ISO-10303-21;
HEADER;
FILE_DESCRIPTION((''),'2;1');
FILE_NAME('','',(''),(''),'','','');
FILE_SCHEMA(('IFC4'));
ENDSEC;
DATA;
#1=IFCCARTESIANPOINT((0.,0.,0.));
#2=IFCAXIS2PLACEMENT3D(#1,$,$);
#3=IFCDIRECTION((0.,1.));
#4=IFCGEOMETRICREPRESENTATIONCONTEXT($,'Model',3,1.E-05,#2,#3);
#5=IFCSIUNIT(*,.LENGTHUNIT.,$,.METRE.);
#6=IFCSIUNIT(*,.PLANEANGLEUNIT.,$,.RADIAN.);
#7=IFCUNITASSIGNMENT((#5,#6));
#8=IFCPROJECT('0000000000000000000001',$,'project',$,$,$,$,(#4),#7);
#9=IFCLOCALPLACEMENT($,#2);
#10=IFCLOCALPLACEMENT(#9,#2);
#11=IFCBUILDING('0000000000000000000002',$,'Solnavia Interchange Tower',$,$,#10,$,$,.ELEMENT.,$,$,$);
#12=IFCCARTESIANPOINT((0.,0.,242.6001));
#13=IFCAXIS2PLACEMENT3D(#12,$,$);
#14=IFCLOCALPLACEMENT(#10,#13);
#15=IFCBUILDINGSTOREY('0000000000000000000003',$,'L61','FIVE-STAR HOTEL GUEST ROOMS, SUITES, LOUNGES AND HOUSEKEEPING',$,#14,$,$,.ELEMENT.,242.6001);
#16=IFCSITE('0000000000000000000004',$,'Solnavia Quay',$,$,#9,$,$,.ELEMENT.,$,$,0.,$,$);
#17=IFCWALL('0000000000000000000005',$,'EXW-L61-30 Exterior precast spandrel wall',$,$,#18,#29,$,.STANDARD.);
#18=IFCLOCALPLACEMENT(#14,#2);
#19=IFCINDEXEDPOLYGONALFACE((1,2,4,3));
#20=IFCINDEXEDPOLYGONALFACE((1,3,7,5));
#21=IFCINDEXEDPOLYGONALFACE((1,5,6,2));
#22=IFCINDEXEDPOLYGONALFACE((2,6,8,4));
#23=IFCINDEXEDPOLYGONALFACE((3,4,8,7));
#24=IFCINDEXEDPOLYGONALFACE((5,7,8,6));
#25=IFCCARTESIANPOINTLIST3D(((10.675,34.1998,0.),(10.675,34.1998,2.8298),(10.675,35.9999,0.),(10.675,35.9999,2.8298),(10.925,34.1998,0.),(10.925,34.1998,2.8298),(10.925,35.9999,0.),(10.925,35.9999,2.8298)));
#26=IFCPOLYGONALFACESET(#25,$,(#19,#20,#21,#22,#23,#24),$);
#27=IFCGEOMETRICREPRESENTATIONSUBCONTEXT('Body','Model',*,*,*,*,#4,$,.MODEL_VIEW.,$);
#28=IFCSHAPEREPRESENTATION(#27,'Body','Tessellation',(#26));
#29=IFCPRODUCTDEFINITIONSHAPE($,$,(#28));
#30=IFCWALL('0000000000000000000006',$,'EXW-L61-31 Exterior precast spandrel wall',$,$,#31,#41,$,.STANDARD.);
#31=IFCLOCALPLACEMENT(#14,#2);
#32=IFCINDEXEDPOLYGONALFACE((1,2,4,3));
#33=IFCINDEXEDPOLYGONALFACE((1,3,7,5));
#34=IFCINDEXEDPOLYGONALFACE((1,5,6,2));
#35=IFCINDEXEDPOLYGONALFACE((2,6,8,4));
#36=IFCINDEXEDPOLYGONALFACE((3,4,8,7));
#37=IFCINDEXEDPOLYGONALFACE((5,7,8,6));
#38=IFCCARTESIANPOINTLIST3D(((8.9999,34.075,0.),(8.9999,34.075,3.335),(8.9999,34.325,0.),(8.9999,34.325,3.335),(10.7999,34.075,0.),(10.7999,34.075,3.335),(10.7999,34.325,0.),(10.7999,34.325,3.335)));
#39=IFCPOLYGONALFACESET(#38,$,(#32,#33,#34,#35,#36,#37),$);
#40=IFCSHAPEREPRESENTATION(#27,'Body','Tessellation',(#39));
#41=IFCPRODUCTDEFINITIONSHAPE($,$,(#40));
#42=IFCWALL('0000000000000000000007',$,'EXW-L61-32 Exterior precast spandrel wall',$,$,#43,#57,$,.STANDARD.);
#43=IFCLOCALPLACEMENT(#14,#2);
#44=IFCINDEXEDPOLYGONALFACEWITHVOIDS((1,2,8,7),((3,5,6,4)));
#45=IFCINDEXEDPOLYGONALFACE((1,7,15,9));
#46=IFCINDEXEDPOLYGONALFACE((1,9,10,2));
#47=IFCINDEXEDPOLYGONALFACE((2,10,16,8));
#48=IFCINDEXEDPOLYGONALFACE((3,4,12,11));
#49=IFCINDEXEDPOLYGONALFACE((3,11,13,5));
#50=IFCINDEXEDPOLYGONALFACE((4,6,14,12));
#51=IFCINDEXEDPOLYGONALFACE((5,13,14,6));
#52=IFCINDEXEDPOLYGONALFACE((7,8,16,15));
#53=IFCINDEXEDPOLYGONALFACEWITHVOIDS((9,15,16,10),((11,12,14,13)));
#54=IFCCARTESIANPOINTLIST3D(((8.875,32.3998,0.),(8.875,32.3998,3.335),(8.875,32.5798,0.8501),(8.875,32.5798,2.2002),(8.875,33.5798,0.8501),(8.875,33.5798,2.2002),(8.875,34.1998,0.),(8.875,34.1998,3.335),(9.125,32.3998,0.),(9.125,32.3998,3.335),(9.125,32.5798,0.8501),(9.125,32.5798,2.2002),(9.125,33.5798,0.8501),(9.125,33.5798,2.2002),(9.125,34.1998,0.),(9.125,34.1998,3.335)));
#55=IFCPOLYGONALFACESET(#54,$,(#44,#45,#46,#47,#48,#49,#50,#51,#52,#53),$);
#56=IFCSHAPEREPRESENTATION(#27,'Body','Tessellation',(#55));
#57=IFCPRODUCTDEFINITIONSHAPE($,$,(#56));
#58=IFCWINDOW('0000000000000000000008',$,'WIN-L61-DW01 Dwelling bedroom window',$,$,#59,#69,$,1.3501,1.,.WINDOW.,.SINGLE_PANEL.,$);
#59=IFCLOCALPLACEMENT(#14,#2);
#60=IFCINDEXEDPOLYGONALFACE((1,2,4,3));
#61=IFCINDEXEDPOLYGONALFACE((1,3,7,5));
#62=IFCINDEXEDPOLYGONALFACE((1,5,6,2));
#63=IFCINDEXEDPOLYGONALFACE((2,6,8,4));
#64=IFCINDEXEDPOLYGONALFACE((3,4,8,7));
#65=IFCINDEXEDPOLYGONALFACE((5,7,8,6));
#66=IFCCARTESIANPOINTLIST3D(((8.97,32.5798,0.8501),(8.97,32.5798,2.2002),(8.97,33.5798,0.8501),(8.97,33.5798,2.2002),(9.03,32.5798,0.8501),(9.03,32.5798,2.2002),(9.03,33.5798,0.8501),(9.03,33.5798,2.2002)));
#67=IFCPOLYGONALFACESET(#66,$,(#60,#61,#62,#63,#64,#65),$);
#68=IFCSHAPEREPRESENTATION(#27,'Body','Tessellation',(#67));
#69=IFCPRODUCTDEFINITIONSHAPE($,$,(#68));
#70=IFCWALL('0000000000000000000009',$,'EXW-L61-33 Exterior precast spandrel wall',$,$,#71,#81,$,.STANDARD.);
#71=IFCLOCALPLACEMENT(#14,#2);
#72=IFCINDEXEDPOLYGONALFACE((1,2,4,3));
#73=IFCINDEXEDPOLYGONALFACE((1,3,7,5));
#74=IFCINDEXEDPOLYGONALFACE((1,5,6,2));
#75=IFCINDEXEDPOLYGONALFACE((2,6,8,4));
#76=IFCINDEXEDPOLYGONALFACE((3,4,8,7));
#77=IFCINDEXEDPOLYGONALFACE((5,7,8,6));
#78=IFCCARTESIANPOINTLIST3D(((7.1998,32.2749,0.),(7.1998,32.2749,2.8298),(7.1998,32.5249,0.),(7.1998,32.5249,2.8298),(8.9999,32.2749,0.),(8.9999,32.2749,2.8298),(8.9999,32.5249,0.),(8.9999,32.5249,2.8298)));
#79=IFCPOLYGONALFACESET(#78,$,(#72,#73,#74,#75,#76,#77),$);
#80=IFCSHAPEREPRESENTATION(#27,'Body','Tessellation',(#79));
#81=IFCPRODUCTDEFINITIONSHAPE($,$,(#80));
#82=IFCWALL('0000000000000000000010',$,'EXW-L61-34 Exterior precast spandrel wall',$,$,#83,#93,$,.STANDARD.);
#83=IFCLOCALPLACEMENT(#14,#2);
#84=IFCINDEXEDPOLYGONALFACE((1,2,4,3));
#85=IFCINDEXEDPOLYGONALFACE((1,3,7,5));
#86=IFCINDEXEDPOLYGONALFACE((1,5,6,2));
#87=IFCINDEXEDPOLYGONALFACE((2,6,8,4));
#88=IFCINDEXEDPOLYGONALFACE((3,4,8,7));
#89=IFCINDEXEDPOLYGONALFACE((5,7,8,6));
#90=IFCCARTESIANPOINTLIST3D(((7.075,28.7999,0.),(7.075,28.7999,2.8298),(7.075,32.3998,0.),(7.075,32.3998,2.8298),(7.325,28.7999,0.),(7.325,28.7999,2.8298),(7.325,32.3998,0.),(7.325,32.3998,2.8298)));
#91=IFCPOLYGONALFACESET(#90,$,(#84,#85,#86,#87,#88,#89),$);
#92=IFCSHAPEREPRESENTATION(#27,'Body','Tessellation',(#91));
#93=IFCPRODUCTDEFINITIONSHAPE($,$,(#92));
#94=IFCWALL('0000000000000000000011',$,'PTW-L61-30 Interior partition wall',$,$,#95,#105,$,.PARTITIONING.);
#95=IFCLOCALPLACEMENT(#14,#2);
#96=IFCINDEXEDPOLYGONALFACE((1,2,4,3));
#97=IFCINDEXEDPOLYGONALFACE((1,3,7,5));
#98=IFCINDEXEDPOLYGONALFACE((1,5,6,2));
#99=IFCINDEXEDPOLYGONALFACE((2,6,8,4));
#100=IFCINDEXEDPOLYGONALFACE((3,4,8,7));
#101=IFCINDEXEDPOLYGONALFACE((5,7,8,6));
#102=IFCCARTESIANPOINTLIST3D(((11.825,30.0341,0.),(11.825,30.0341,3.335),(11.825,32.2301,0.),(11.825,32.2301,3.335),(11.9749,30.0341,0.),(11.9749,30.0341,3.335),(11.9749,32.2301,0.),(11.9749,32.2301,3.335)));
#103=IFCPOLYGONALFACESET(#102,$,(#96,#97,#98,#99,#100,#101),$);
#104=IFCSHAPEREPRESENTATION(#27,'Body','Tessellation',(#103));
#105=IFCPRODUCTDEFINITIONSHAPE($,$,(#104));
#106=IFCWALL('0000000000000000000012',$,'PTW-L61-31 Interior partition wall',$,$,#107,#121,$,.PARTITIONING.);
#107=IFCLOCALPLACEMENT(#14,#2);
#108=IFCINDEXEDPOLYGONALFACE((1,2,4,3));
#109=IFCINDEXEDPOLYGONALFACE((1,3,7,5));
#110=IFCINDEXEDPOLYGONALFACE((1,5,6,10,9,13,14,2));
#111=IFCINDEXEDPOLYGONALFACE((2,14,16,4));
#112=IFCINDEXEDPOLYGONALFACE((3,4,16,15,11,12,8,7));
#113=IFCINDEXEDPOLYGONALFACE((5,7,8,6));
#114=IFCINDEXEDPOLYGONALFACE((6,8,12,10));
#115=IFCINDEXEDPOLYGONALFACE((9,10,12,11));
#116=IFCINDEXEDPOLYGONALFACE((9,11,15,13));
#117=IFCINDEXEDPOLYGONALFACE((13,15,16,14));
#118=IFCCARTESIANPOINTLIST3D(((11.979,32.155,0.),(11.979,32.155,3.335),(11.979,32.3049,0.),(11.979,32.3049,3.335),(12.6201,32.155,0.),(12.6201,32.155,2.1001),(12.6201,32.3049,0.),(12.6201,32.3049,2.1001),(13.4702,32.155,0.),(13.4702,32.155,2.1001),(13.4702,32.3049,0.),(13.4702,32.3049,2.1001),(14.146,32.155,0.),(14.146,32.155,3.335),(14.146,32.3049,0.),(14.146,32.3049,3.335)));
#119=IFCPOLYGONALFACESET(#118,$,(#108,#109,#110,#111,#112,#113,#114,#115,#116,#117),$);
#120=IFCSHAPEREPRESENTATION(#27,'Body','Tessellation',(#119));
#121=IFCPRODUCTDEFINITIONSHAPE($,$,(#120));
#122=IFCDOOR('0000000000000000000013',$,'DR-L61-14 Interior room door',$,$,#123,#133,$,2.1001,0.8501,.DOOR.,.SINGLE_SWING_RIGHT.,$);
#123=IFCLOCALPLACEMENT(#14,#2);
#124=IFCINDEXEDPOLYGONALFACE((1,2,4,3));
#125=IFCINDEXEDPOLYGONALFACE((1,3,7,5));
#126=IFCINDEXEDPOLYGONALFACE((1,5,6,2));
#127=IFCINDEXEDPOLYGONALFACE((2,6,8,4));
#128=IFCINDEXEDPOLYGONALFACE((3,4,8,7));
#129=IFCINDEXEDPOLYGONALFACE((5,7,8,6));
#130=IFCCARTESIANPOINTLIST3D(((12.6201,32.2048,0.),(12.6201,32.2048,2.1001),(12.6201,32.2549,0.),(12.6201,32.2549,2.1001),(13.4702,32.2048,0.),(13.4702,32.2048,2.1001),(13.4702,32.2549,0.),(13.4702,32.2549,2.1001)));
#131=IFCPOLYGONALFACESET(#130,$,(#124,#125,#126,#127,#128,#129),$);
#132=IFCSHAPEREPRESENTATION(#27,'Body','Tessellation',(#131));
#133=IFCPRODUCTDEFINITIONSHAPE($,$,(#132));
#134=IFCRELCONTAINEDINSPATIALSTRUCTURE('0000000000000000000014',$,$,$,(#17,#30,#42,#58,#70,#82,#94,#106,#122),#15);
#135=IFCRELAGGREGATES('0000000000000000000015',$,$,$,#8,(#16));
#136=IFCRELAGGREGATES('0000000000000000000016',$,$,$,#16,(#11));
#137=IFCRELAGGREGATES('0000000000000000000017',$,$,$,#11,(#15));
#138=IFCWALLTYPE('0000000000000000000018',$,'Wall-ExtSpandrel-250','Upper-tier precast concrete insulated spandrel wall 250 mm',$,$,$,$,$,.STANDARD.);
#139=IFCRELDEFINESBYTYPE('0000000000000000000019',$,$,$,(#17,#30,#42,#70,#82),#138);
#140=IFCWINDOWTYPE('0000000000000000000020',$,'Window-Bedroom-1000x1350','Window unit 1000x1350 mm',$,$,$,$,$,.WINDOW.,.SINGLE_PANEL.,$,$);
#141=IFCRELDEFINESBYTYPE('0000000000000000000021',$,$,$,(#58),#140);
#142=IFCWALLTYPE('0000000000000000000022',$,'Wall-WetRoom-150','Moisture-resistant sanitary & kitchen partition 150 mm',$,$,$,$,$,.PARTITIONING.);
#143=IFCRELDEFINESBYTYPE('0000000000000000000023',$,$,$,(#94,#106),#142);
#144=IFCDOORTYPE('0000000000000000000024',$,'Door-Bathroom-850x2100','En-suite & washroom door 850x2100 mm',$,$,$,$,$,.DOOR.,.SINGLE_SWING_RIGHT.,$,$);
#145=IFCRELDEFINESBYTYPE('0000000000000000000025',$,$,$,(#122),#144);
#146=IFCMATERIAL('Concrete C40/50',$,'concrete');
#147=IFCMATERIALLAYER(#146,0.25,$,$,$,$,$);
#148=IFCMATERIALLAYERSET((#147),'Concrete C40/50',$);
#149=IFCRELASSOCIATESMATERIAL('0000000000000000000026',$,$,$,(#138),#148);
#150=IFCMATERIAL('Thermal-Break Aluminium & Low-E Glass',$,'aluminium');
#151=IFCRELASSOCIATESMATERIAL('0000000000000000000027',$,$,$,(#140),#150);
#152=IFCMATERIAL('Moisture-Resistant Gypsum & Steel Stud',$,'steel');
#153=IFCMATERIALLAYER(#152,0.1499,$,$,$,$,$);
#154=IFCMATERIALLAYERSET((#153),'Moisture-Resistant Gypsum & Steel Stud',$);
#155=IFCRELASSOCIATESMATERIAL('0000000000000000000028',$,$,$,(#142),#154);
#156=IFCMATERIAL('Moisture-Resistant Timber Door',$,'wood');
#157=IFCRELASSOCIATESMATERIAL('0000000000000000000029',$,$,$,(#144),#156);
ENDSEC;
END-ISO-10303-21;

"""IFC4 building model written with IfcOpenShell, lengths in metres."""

from ifc_helpers import new_model, si_unit, direction, frame, frame_2d, origin, place, context, subcontext, project, spatial, rectangle, extrude, material, layer, layer_set, type_object, element, fill, save


model = new_model("IFC4")

# Units and contexts
model_context = context("Model", 3, precision=1e-05, world=origin(), true_north=direction((0.0, 1.0)))
body_context = subcontext(model_context, "Body", "Model", "MODEL_VIEW")
ifc_project = project(units=[si_unit("LENGTHUNIT", "METRE"), si_unit("PLANEANGLEUNIT", "RADIAN")], contexts=[model_context])

# Site, building, storey
site_placement = place(None, origin())
site = spatial("IfcSite", under=ifc_project, at=site_placement, Name="Solnavia Quay", CompositionType="ELEMENT", RefElevation=0.0)
building_placement = place(site_placement, origin())
building = spatial("IfcBuilding", under=site, at=building_placement, Name="Solnavia Interchange Tower", CompositionType="ELEMENT")
storey_placement = place(building_placement, frame((0.0, 0.0, 242.6001)))
storey = spatial("IfcBuildingStorey", under=building, at=storey_placement, Name="L61", Description="FIVE-STAR HOTEL GUEST ROOMS, SUITES, LOUNGES AND HOUSEKEEPING", CompositionType="ELEMENT", Elevation=242.6001)

# Walls
ifc_material_1 = material(Name="Concrete C40/50", Category="concrete")
ifc_layer_1 = layer(ifc_material_1, 0.25)
ifc_layer_set_1 = layer_set([ifc_layer_1], Name="Concrete C40/50")
wall_type_1 = type_object("IfcWallType", Name="Wall-ExtSpandrel-250", Description="Upper-tier precast concrete insulated spandrel wall 250 mm", PredefinedType="STANDARD", material=ifc_layer_set_1)
wall_1_placement = place(storey_placement, frame((10.8, 34.2, 0.0), z_axis=(0.0, 0.0, 1.0), x_axis=(0.0, 1.0, 0.0)))
element("IfcWall", 1, at=wall_1_placement, inside=storey, type_object=wall_type_1, Name="EXW-L61-30 Exterior precast spandrel wall", PredefinedType="STANDARD", context=body_context, shape_type="SweptSolid", body=[
    extrude(rectangle(XDim=1.8, YDim=0.25, at=frame_2d((0.8999, 0.0))), origin(), (0.0, 0.0, 1.0), 2.8298),
])
wall_2_placement = place(storey_placement, frame((9.0, 34.2, 0.0), z_axis=(0.0, 0.0, 1.0), x_axis=(1.0, 0.0, 0.0)))
element("IfcWall", 2, at=wall_2_placement, inside=storey, type_object=wall_type_1, Name="EXW-L61-31 Exterior precast spandrel wall", PredefinedType="STANDARD", context=body_context, shape_type="SweptSolid", body=[
    extrude(rectangle(XDim=1.8, YDim=0.25, at=frame_2d((0.8999, 0.0))), origin(), (0.0, 0.0, 1.0), 3.335),
])

# Wall, opening, window
wall_3_placement = place(storey_placement, frame((9.0, 32.3999, 0.0), z_axis=(0.0, 0.0, 1.0), x_axis=(0.0, 1.0, 0.0)))
wall_3 = element("IfcWall", 3, at=wall_3_placement, inside=storey, type_object=wall_type_1, Name="EXW-L61-32 Exterior precast spandrel wall", PredefinedType="STANDARD", context=body_context, shape_type="SweptSolid", body=[
    extrude(rectangle(XDim=1.8, YDim=0.25, at=frame_2d((0.8999, 0.0))), origin(), (0.0, 0.0, 1.0), 3.335),
])
opening_1_placement = place(wall_3_placement, frame((0.1799, 0.0, 0.8501)))
opening_1 = element("IfcOpeningElement", 4, at=opening_1_placement, cuts=wall_3, PredefinedType="OPENING", context=body_context, shape_type="SweptSolid", body=[
    extrude(rectangle(XDim=1.0, YDim=1.3501, at=frame_2d((0.5, 0.675))), frame((0.0, 0.135, 0.0), z_axis=(0.0, -1.0, 0.0), x_axis=(1.0, 0.0, 0.0)), (0.0, 0.0, 1.0), 0.27),
])
ifc_material_2 = material(Name="Thermal-Break Aluminium & Low-E Glass", Category="aluminium")
window_type = type_object("IfcWindowType", Name="Window-Bedroom-1000x1350", Description="Window unit 1000x1350 mm", PartitioningType="SINGLE_PANEL", PredefinedType="WINDOW", material=ifc_material_2)
window_placement = place(opening_1_placement, origin())
window = element("IfcWindow", 5, at=window_placement, inside=storey, type_object=window_type, Name="WIN-L61-DW01 Dwelling bedroom window", OverallHeight=1.3501, OverallWidth=1.0, PartitioningType="SINGLE_PANEL", PredefinedType="WINDOW", context=body_context, shape_type="SweptSolid", body=[
    extrude(rectangle(XDim=1.0, YDim=1.3501, at=frame_2d((0.5, 0.675))), frame((0.0, 0.03, 0.0), z_axis=(0.0, -1.0, 0.0), x_axis=(1.0, 0.0, 0.0)), (0.0, 0.0, 1.0), 0.0601),
])
fill(opening_1, window)

# Walls
wall_4_placement = place(storey_placement, frame((7.2, 32.3999, 0.0), z_axis=(0.0, 0.0, 1.0), x_axis=(1.0, 0.0, 0.0)))
element("IfcWall", 6, at=wall_4_placement, inside=storey, type_object=wall_type_1, Name="EXW-L61-33 Exterior precast spandrel wall", PredefinedType="STANDARD", context=body_context, shape_type="SweptSolid", body=[
    extrude(rectangle(XDim=1.8, YDim=0.25, at=frame_2d((0.8999, 0.0))), origin(), (0.0, 0.0, 1.0), 2.8298),
])
wall_5_placement = place(storey_placement, frame((7.2, 28.8, 0.0), z_axis=(0.0, 0.0, 1.0), x_axis=(0.0, 1.0, 0.0)))
element("IfcWall", 7, at=wall_5_placement, inside=storey, type_object=wall_type_1, Name="EXW-L61-34 Exterior precast spandrel wall", PredefinedType="STANDARD", context=body_context, shape_type="SweptSolid", body=[
    extrude(rectangle(XDim=3.5999, YDim=0.25, at=frame_2d((1.7998, 0.0))), origin(), (0.0, 0.0, 1.0), 2.8298),
])
ifc_material_3 = material(Name="Moisture-Resistant Gypsum & Steel Stud", Category="steel")
ifc_layer_2 = layer(ifc_material_3, 0.1499)
ifc_layer_set_2 = layer_set([ifc_layer_2], Name="Moisture-Resistant Gypsum & Steel Stud")
wall_type_2 = type_object("IfcWallType", Name="Wall-WetRoom-150", Description="Moisture-resistant sanitary & kitchen partition 150 mm", PredefinedType="PARTITIONING", material=ifc_layer_set_2)
wall_6_placement = place(storey_placement, frame((11.8999, 30.0339, 0.0), z_axis=(0.0, 0.0, 1.0), x_axis=(0.0, 1.0, 0.0)))
element("IfcWall", 8, at=wall_6_placement, inside=storey, type_object=wall_type_2, Name="PTW-L61-30 Interior partition wall", PredefinedType="PARTITIONING", context=body_context, shape_type="SweptSolid", body=[
    extrude(rectangle(XDim=2.196, YDim=0.1499, at=frame_2d((1.0981, 0.0))), origin(), (0.0, 0.0, 1.0), 3.335),
])

# Wall, opening, door
wall_7_placement = place(storey_placement, frame((11.979, 32.23, 0.0), z_axis=(0.0, 0.0, 1.0), x_axis=(1.0, 0.0, 0.0)))
wall_7 = element("IfcWall", 9, at=wall_7_placement, inside=storey, type_object=wall_type_2, Name="PTW-L61-31 Interior partition wall", PredefinedType="PARTITIONING", context=body_context, shape_type="SweptSolid", body=[
    extrude(rectangle(XDim=2.167, YDim=0.1499, at=frame_2d((1.0835, 0.0))), origin(), (0.0, 0.0, 1.0), 3.335),
])
opening_2_placement = place(wall_7_placement, frame((0.6411, 0.0, 0.0)))
opening_2 = element("IfcOpeningElement", 10, at=opening_2_placement, cuts=wall_7, PredefinedType="OPENING", context=body_context, shape_type="SweptSolid", body=[
    extrude(rectangle(XDim=0.8501, YDim=2.1001, at=frame_2d((0.425, 1.05))), frame((0.0, 0.085, 0.0), z_axis=(0.0, -1.0, 0.0), x_axis=(1.0, 0.0, 0.0)), (0.0, 0.0, 1.0), 0.1699),
])
ifc_material_4 = material(Name="Moisture-Resistant Timber Door", Category="wood")
door_type = type_object("IfcDoorType", Name="Door-Bathroom-850x2100", Description="En-suite & washroom door 850x2100 mm", OperationType="SINGLE_SWING_RIGHT", PredefinedType="DOOR", material=ifc_material_4)
door_placement = place(opening_2_placement, origin())
door = element("IfcDoor", 11, at=door_placement, inside=storey, type_object=door_type, Name="DR-L61-14 Interior room door", OperationType="SINGLE_SWING_RIGHT", OverallHeight=2.1001, OverallWidth=0.8501, PredefinedType="DOOR", context=body_context, shape_type="SweptSolid", body=[
    extrude(rectangle(XDim=0.8501, YDim=2.1001, at=frame_2d((0.425, 1.05))), frame((0.0, 0.0249, 0.0), z_axis=(0.0, -1.0, 0.0), x_axis=(1.0, 0.0, 0.0)), (0.0, 0.0, 1.0), 0.05),
])
fill(opening_2, door)

save(model, "model.ifc")
